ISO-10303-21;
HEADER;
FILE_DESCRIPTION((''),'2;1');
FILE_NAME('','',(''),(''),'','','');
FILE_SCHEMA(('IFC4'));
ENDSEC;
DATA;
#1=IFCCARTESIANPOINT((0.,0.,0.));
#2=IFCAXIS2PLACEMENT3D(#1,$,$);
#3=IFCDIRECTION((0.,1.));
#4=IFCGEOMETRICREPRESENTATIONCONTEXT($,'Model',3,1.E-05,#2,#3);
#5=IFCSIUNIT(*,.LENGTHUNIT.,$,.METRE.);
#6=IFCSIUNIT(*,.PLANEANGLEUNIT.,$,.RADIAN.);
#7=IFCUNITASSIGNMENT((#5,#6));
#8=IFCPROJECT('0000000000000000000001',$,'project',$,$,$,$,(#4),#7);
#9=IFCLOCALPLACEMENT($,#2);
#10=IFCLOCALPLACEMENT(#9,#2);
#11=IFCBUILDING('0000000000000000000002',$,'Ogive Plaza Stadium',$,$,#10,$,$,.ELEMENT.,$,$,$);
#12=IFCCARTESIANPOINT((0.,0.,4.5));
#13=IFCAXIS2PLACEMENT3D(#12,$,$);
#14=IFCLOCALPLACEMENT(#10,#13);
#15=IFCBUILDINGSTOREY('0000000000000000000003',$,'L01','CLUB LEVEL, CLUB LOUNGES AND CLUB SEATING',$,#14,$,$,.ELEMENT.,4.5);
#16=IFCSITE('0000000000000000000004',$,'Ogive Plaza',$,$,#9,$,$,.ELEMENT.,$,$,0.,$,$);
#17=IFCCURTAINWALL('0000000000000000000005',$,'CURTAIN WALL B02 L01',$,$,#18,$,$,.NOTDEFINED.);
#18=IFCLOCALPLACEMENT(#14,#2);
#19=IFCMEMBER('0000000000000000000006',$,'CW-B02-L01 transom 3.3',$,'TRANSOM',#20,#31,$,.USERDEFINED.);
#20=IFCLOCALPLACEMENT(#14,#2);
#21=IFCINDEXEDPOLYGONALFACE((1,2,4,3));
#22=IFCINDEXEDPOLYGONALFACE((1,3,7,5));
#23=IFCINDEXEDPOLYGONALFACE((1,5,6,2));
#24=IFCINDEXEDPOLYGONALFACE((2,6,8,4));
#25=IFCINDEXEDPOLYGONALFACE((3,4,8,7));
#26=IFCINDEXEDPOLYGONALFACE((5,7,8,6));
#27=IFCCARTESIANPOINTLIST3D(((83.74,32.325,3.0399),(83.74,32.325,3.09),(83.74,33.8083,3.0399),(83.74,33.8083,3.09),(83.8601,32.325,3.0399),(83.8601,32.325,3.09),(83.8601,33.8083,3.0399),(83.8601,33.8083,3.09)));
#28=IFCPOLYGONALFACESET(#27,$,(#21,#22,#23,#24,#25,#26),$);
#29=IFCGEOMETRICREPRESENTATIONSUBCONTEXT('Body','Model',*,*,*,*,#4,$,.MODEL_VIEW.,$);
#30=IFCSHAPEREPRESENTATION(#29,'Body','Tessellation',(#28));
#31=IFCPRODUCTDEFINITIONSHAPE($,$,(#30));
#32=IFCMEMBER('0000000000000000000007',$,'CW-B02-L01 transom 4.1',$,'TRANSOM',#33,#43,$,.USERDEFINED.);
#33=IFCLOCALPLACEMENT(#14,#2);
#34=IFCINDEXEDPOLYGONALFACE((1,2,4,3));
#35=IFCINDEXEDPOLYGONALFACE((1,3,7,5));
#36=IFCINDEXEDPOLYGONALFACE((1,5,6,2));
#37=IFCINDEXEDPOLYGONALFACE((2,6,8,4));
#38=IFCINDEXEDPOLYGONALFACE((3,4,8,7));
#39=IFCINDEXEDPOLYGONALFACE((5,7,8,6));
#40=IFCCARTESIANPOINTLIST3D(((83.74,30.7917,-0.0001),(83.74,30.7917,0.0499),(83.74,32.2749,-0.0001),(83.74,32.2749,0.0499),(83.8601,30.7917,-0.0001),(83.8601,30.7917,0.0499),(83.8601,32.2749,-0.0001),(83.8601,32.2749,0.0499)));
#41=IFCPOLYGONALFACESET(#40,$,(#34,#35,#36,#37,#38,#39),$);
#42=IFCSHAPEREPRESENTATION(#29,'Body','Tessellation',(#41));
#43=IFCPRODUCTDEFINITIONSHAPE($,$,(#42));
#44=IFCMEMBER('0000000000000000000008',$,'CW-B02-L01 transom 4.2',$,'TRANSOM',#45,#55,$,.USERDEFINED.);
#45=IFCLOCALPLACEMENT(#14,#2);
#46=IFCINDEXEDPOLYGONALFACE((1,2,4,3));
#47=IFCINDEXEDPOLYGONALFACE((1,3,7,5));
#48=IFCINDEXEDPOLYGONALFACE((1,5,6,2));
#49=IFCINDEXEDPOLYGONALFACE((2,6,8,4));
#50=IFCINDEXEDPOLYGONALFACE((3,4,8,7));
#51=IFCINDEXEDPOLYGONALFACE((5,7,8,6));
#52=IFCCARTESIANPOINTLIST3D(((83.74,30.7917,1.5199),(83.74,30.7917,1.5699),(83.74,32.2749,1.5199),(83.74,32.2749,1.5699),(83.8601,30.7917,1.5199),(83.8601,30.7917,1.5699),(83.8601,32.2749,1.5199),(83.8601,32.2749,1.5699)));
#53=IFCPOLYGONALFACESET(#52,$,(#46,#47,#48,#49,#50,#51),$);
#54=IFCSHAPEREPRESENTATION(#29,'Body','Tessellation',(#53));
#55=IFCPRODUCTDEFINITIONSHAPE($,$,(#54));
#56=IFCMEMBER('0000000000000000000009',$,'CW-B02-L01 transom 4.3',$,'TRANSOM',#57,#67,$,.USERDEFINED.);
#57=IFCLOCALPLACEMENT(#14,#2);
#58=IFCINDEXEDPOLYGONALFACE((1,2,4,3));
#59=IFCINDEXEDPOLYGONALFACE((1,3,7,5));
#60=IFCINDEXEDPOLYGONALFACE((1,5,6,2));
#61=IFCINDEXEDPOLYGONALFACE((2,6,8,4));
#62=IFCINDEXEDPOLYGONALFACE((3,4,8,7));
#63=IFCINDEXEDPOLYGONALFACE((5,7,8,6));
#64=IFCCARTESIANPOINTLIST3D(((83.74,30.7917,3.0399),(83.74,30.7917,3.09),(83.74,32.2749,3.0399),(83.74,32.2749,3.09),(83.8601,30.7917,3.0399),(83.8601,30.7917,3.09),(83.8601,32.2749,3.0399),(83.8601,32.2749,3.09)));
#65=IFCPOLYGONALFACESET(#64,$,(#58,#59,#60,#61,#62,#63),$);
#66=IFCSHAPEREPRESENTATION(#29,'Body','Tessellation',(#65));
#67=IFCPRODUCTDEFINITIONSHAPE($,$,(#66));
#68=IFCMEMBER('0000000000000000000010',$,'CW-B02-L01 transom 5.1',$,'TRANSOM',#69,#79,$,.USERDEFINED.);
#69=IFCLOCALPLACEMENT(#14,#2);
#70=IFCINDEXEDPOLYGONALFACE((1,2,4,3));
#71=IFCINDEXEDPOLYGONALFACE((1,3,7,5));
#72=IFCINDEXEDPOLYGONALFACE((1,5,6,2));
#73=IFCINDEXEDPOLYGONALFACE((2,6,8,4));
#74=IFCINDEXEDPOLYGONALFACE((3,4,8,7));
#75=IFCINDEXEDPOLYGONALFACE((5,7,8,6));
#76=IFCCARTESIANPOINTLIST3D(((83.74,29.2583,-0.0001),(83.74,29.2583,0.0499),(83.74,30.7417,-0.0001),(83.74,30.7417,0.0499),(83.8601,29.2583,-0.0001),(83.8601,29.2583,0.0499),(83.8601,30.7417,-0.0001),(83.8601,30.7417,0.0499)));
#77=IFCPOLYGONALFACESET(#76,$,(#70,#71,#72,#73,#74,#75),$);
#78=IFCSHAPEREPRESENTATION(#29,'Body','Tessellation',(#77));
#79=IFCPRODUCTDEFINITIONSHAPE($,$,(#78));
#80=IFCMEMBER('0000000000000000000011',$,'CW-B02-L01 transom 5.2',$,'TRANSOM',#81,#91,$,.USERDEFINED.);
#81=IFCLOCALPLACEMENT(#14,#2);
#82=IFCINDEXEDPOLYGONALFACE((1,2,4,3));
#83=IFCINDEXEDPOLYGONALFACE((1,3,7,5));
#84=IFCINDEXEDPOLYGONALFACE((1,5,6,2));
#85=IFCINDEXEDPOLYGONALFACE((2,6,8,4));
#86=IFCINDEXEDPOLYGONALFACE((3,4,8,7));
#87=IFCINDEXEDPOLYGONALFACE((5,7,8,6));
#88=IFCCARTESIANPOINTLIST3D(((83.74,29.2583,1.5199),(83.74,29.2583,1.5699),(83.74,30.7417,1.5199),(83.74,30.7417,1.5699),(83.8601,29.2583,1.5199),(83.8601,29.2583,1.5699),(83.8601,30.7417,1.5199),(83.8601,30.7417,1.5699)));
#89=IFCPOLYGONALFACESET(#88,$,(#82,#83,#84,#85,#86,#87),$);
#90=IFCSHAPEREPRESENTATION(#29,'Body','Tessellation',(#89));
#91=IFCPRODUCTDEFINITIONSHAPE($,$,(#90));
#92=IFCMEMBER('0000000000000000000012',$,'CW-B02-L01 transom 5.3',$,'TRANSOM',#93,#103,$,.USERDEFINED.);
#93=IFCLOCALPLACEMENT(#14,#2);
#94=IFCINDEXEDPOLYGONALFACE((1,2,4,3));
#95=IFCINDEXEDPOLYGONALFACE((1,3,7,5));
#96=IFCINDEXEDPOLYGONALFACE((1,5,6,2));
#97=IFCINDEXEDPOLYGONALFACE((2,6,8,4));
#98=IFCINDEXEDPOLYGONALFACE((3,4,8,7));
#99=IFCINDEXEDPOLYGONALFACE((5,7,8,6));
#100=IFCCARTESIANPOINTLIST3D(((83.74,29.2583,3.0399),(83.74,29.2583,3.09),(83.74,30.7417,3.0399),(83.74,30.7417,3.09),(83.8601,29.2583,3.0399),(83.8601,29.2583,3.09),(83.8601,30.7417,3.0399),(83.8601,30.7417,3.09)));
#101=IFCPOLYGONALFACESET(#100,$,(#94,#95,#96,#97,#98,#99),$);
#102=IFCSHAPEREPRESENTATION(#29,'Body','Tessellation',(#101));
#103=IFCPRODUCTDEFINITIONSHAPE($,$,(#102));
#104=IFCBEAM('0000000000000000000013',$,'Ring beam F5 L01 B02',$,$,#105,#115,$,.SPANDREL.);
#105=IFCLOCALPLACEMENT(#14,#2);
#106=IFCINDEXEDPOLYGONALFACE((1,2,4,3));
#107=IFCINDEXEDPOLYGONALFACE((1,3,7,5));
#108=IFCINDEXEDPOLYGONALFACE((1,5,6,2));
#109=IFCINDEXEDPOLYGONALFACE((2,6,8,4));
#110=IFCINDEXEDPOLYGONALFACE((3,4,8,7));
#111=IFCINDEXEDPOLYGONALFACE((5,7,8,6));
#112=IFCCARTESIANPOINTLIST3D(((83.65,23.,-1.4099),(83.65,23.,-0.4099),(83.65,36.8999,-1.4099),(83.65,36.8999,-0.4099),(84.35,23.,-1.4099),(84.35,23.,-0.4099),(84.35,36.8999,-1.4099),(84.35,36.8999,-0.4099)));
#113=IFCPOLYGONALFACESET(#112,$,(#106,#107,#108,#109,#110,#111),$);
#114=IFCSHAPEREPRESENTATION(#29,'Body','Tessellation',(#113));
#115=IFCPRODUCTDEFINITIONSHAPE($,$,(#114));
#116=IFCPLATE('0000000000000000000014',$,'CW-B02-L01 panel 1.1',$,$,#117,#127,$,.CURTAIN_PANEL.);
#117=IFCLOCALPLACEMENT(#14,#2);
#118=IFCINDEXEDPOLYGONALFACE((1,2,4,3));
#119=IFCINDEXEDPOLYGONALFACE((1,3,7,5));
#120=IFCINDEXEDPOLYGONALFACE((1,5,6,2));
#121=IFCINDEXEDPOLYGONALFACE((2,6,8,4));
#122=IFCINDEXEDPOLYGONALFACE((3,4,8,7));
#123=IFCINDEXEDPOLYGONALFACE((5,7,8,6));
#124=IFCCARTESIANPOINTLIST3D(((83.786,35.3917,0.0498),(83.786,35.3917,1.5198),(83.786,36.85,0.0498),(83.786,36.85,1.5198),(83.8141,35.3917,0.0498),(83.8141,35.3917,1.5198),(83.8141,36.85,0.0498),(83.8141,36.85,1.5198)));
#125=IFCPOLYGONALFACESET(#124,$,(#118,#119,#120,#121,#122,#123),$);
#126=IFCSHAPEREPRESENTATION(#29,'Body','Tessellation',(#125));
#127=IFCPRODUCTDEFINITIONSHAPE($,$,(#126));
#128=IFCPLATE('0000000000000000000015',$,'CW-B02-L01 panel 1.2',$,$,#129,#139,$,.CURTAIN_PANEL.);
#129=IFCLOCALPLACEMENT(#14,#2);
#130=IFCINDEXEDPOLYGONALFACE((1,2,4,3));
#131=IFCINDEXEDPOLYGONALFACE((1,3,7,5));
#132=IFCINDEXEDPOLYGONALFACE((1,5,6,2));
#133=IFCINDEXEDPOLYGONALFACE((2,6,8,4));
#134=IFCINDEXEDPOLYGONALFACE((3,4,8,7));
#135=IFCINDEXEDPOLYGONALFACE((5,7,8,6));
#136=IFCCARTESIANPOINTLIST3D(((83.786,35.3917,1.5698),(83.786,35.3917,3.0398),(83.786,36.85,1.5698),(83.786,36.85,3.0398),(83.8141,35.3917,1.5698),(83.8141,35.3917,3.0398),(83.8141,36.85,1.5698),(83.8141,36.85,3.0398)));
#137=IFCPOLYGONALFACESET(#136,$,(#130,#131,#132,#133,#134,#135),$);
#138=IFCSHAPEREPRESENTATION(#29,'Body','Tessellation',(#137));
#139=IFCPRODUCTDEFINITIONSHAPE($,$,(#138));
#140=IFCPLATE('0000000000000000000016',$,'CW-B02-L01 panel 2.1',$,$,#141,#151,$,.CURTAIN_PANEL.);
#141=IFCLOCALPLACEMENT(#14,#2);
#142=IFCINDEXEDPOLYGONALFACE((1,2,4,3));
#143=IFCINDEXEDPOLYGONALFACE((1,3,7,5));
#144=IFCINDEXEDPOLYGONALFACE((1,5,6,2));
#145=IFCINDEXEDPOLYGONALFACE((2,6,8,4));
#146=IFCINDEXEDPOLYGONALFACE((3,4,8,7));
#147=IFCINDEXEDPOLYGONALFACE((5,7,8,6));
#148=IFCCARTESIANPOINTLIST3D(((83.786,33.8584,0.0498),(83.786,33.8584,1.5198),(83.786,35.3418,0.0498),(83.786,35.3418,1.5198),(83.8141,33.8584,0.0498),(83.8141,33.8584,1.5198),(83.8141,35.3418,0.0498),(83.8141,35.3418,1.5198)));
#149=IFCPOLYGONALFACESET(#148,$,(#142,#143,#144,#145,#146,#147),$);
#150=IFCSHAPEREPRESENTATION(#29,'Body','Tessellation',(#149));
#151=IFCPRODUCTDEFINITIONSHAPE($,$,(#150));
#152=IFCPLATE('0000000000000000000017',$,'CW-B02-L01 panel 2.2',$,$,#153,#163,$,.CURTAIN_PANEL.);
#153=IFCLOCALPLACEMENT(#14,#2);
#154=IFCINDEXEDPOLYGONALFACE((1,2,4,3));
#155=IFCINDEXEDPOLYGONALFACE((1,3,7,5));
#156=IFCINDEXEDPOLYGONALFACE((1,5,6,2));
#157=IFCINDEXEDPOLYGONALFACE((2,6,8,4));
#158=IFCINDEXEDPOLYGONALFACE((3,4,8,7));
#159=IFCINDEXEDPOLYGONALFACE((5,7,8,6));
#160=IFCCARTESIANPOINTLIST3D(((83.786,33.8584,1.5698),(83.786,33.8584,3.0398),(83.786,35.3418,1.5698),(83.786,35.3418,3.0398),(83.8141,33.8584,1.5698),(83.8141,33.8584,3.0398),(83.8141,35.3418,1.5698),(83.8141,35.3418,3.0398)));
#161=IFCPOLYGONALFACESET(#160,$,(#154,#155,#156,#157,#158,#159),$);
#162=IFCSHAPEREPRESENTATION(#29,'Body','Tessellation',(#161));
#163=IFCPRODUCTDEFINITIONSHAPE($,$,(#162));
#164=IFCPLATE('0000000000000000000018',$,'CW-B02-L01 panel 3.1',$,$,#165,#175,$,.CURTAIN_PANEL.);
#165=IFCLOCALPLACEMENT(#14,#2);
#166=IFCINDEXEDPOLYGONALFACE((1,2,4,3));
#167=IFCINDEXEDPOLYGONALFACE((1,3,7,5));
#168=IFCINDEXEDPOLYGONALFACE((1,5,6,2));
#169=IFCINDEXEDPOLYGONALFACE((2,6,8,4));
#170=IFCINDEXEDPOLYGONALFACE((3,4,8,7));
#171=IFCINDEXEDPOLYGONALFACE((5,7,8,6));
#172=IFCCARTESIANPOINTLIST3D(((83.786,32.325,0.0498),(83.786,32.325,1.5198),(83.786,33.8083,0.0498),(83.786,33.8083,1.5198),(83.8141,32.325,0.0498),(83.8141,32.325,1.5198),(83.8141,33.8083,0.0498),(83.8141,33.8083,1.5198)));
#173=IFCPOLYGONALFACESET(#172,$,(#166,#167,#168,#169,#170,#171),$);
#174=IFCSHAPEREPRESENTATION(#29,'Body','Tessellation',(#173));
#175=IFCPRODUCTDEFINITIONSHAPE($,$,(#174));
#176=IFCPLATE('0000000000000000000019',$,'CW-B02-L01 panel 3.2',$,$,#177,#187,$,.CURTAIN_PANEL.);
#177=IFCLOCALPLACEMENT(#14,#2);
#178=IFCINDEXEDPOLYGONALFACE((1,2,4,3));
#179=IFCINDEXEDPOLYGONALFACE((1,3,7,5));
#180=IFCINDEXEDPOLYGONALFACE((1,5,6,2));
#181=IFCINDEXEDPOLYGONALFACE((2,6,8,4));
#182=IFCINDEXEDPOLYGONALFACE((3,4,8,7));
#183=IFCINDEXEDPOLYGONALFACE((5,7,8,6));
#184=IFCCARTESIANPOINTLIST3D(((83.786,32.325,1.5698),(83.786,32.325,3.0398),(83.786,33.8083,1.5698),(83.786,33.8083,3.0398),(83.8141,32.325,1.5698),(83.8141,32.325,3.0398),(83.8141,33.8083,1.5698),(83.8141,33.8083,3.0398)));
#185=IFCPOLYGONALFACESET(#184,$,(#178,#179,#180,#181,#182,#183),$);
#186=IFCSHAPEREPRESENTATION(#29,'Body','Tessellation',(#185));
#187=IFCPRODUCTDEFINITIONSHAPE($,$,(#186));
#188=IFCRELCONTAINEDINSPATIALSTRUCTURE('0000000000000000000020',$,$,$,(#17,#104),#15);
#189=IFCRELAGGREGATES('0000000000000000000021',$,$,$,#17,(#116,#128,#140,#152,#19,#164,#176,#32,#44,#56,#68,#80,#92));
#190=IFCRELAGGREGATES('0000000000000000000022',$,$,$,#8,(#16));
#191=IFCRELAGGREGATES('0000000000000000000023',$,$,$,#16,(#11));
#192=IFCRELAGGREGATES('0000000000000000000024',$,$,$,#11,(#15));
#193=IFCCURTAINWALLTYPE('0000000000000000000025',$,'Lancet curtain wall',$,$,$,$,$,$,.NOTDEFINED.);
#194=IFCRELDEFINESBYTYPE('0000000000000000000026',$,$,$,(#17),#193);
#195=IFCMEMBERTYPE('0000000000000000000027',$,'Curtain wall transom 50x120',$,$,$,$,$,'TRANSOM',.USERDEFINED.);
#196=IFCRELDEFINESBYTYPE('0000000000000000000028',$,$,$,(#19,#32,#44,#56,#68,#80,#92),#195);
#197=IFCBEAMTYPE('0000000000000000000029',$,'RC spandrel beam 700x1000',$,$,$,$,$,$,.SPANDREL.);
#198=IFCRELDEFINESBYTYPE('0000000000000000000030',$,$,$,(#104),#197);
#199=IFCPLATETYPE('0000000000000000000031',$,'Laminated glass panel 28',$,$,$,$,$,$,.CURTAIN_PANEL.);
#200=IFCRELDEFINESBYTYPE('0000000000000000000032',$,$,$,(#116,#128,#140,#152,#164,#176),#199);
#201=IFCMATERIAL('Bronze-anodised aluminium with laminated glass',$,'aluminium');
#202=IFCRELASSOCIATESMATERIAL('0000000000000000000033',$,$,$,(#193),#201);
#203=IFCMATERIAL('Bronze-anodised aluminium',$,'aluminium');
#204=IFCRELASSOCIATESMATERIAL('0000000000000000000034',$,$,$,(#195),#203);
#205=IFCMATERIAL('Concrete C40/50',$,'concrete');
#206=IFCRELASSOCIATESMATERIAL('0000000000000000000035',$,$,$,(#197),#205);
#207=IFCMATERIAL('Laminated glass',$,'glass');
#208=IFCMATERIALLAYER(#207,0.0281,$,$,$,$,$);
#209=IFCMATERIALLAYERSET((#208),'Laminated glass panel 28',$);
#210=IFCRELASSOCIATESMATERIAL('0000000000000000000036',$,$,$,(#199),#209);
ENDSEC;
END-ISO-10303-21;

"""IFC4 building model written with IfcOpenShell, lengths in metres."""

from ifc_helpers import new_model, si_unit, direction, frame, origin, origin_2d, place, context, subcontext, project, spatial, rectangle, extrude, material, layer, layer_set, material_profile, profile_set, type_object, element, aggregate, save


model = new_model("IFC4")

# Units and contexts
model_context = context("Model", 3, precision=1e-05, world=origin(), true_north=direction((0.0, 1.0)))
body_context = subcontext(model_context, "Body", "Model", "MODEL_VIEW")
ifc_project = project(units=[si_unit("LENGTHUNIT", "METRE"), si_unit("PLANEANGLEUNIT", "RADIAN")], contexts=[model_context])

# Site, building, storey
site_placement = place(None, origin())
site = spatial("IfcSite", under=ifc_project, at=site_placement, Name="Ogive Plaza", CompositionType="ELEMENT", RefElevation=0.0)
building_placement = place(site_placement, origin())
building = spatial("IfcBuilding", under=site, at=building_placement, Name="Ogive Plaza Stadium", CompositionType="ELEMENT")
storey_placement = place(building_placement, frame((0.0, 0.0, 4.5)))
storey = spatial("IfcBuildingStorey", under=building, at=storey_placement, Name="L01", Description="CLUB LEVEL, CLUB LOUNGES AND CLUB SEATING", CompositionType="ELEMENT", Elevation=4.5)

# Curtain wall, members
ifc_material_1 = material(Name="Bronze-anodised aluminium with laminated glass", Category="aluminium")
curtain_wall_type = type_object("IfcCurtainWallType", Name="Lancet curtain wall", PredefinedType="NOTDEFINED", material=ifc_material_1)
curtain_wall_placement = place(storey_placement, origin())
curtain_wall = element("IfcCurtainWall", 1, at=curtain_wall_placement, inside=storey, type_object=curtain_wall_type, Name="CURTAIN WALL B02 L01", PredefinedType="NOTDEFINED")
ifc_material_2 = material(Name="Bronze-anodised aluminium", Category="aluminium")
ifc_material_profile_1 = material_profile(ifc_material_2, rectangle(XDim=0.1201, YDim=0.05, at=origin_2d()), Name="AL 120x50")
ifc_profile_set_1 = profile_set([ifc_material_profile_1], Name="Bronze-anodised aluminium")
member_type_1 = type_object("IfcMemberType", Name="Curtain wall transom 50x120", ElementType="TRANSOM", PredefinedType="USERDEFINED", material=ifc_profile_set_1)
member_1_placement = place(storey_placement, frame((83.8, 33.8083, 3.0649), z_axis=(0.0, -1.0, 0.0), x_axis=(1.0, 0.0, 0.0)))
member_1 = element("IfcMember", 2, at=member_1_placement, type_object=member_type_1, Name="CW-B02-L01 transom 3.3", ObjectType="TRANSOM", PredefinedType="USERDEFINED", context=body_context, shape_type="SweptSolid", body=[
    extrude(rectangle(XDim=0.1201, YDim=0.05, at=origin_2d()), origin(), (0.0, 0.0, 1.0), 1.4834),
])
member_2_placement = place(storey_placement, frame((83.8, 32.2749, 0.0249), z_axis=(0.0, -1.0, 0.0), x_axis=(1.0, 0.0, 0.0)))
member_2 = element("IfcMember", 3, at=member_2_placement, type_object=member_type_1, Name="CW-B02-L01 transom 4.1", ObjectType="TRANSOM", PredefinedType="USERDEFINED", context=body_context, shape_type="SweptSolid", body=[
    extrude(rectangle(XDim=0.1201, YDim=0.05, at=origin_2d()), origin(), (0.0, 0.0, 1.0), 1.4832),
])
member_3_placement = place(storey_placement, frame((83.8, 32.2749, 1.5449), z_axis=(0.0, -1.0, 0.0), x_axis=(1.0, 0.0, 0.0)))
member_3 = element("IfcMember", 4, at=member_3_placement, type_object=member_type_1, Name="CW-B02-L01 transom 4.2", ObjectType="TRANSOM", PredefinedType="USERDEFINED", context=body_context, shape_type="SweptSolid", body=[
    extrude(rectangle(XDim=0.1201, YDim=0.05, at=origin_2d()), origin(), (0.0, 0.0, 1.0), 1.4832),
])
member_4_placement = place(storey_placement, frame((83.8, 32.2749, 3.0649), z_axis=(0.0, -1.0, 0.0), x_axis=(1.0, 0.0, 0.0)))
member_4 = element("IfcMember", 5, at=member_4_placement, type_object=member_type_1, Name="CW-B02-L01 transom 4.3", ObjectType="TRANSOM", PredefinedType="USERDEFINED", context=body_context, shape_type="SweptSolid", body=[
    extrude(rectangle(XDim=0.1201, YDim=0.05, at=origin_2d()), origin(), (0.0, 0.0, 1.0), 1.4832),
])
member_5_placement = place(storey_placement, frame((83.8, 30.7417, 0.0249), z_axis=(0.0, -1.0, 0.0), x_axis=(1.0, 0.0, 0.0)))
member_5 = element("IfcMember", 6, at=member_5_placement, type_object=member_type_1, Name="CW-B02-L01 transom 5.1", ObjectType="TRANSOM", PredefinedType="USERDEFINED", context=body_context, shape_type="SweptSolid", body=[
    extrude(rectangle(XDim=0.1201, YDim=0.05, at=origin_2d()), origin(), (0.0, 0.0, 1.0), 1.4834),
])
member_6_placement = place(storey_placement, frame((83.8, 30.7417, 1.5449), z_axis=(0.0, -1.0, 0.0), x_axis=(1.0, 0.0, 0.0)))
member_6 = element("IfcMember", 7, at=member_6_placement, type_object=member_type_1, Name="CW-B02-L01 transom 5.2", ObjectType="TRANSOM", PredefinedType="USERDEFINED", context=body_context, shape_type="SweptSolid", body=[
    extrude(rectangle(XDim=0.1201, YDim=0.05, at=origin_2d()), origin(), (0.0, 0.0, 1.0), 1.4834),
])
member_7_placement = place(storey_placement, frame((83.8, 30.7417, 3.0649), z_axis=(0.0, -1.0, 0.0), x_axis=(1.0, 0.0, 0.0)))
member_7 = element("IfcMember", 8, at=member_7_placement, type_object=member_type_1, Name="CW-B02-L01 transom 5.3", ObjectType="TRANSOM", PredefinedType="USERDEFINED", context=body_context, shape_type="SweptSolid", body=[
    extrude(rectangle(XDim=0.1201, YDim=0.05, at=origin_2d()), origin(), (0.0, 0.0, 1.0), 1.4834),
])

# Beam
ifc_material_3 = material(Name="Concrete C40/50", Category="concrete")
ifc_material_profile_2 = material_profile(ifc_material_3, rectangle(XDim=0.7, YDim=1.0, at=origin_2d()), Name="RC 700x1000")
ifc_profile_set_2 = profile_set([ifc_material_profile_2], Name="Concrete C40/50")
beam_type = type_object("IfcBeamType", Name="RC spandrel beam 700x1000", PredefinedType="SPANDREL", material=ifc_profile_set_2)
beam_placement = place(storey_placement, frame((84.0, 36.8999, -0.9099), z_axis=(0.0, -1.0, 0.0), x_axis=(1.0, 0.0, 0.0)))
element("IfcBeam", 9, at=beam_placement, inside=storey, type_object=beam_type, Name="Ring beam F5 L01 B02", PredefinedType="SPANDREL", context=body_context, shape_type="SweptSolid", body=[
    extrude(rectangle(XDim=0.7, YDim=1.0, at=origin_2d()), origin(), (0.0, 0.0, 1.0), 13.8999),
])

# Plates
ifc_material_4 = material(Name="Laminated glass", Category="glass")
ifc_layer_1 = layer(ifc_material_4, 0.0281)
ifc_layer_set_1 = layer_set([ifc_layer_1], Name="Laminated glass panel 28")
plate_type = type_object("IfcPlateType", Name="Laminated glass panel 28", PredefinedType="CURTAIN_PANEL", material=ifc_layer_set_1)
plate_1_placement = place(storey_placement, frame((83.8, 36.1208, 0.0498), z_axis=(0.0, 0.0, 1.0), x_axis=(0.0, -1.0, 0.0)))
plate_1 = element("IfcPlate", 10, at=plate_1_placement, type_object=plate_type, Name="CW-B02-L01 panel 1.1", PredefinedType="CURTAIN_PANEL", context=body_context, shape_type="SweptSolid", body=[
    extrude(rectangle(XDim=1.4583, YDim=0.0281, at=origin_2d()), origin(), (0.0, 0.0, 1.0), 1.47),
])
plate_2_placement = place(storey_placement, frame((83.8, 36.1208, 1.5698), z_axis=(0.0, 0.0, 1.0), x_axis=(0.0, -1.0, 0.0)))
plate_2 = element("IfcPlate", 11, at=plate_2_placement, type_object=plate_type, Name="CW-B02-L01 panel 1.2", PredefinedType="CURTAIN_PANEL", context=body_context, shape_type="SweptSolid", body=[
    extrude(rectangle(XDim=1.4583, YDim=0.0281, at=origin_2d()), origin(), (0.0, 0.0, 1.0), 1.47),
])
plate_3_placement = place(storey_placement, frame((83.8, 34.6001, 0.0498), z_axis=(0.0, 0.0, 1.0), x_axis=(0.0, -1.0, 0.0)))
plate_3 = element("IfcPlate", 12, at=plate_3_placement, type_object=plate_type, Name="CW-B02-L01 panel 2.1", PredefinedType="CURTAIN_PANEL", context=body_context, shape_type="SweptSolid", body=[
    extrude(rectangle(XDim=1.4834, YDim=0.0281, at=origin_2d()), origin(), (0.0, 0.0, 1.0), 1.47),
])
plate_4_placement = place(storey_placement, frame((83.8, 34.6001, 1.5698), z_axis=(0.0, 0.0, 1.0), x_axis=(0.0, -1.0, 0.0)))
plate_4 = element("IfcPlate", 13, at=plate_4_placement, type_object=plate_type, Name="CW-B02-L01 panel 2.2", PredefinedType="CURTAIN_PANEL", context=body_context, shape_type="SweptSolid", body=[
    extrude(rectangle(XDim=1.4834, YDim=0.0281, at=origin_2d()), origin(), (0.0, 0.0, 1.0), 1.47),
])
plate_5_placement = place(storey_placement, frame((83.8, 33.0667, 0.0498), z_axis=(0.0, 0.0, 1.0), x_axis=(0.0, -1.0, 0.0)))
plate_5 = element("IfcPlate", 14, at=plate_5_placement, type_object=plate_type, Name="CW-B02-L01 panel 3.1", PredefinedType="CURTAIN_PANEL", context=body_context, shape_type="SweptSolid", body=[
    extrude(rectangle(XDim=1.4834, YDim=0.0281, at=origin_2d()), origin(), (0.0, 0.0, 1.0), 1.47),
])
plate_6_placement = place(storey_placement, frame((83.8, 33.0667, 1.5698), z_axis=(0.0, 0.0, 1.0), x_axis=(0.0, -1.0, 0.0)))
plate_6 = element("IfcPlate", 15, at=plate_6_placement, type_object=plate_type, Name="CW-B02-L01 panel 3.2", PredefinedType="CURTAIN_PANEL", context=body_context, shape_type="SweptSolid", body=[
    extrude(rectangle(XDim=1.4834, YDim=0.0281, at=origin_2d()), origin(), (0.0, 0.0, 1.0), 1.47),
])
aggregate(curtain_wall, [plate_1, plate_2, plate_3, plate_4, member_1, plate_5, plate_6, member_2, member_3, member_4, member_5, member_6, member_7])

save(model, "model.ifc")
